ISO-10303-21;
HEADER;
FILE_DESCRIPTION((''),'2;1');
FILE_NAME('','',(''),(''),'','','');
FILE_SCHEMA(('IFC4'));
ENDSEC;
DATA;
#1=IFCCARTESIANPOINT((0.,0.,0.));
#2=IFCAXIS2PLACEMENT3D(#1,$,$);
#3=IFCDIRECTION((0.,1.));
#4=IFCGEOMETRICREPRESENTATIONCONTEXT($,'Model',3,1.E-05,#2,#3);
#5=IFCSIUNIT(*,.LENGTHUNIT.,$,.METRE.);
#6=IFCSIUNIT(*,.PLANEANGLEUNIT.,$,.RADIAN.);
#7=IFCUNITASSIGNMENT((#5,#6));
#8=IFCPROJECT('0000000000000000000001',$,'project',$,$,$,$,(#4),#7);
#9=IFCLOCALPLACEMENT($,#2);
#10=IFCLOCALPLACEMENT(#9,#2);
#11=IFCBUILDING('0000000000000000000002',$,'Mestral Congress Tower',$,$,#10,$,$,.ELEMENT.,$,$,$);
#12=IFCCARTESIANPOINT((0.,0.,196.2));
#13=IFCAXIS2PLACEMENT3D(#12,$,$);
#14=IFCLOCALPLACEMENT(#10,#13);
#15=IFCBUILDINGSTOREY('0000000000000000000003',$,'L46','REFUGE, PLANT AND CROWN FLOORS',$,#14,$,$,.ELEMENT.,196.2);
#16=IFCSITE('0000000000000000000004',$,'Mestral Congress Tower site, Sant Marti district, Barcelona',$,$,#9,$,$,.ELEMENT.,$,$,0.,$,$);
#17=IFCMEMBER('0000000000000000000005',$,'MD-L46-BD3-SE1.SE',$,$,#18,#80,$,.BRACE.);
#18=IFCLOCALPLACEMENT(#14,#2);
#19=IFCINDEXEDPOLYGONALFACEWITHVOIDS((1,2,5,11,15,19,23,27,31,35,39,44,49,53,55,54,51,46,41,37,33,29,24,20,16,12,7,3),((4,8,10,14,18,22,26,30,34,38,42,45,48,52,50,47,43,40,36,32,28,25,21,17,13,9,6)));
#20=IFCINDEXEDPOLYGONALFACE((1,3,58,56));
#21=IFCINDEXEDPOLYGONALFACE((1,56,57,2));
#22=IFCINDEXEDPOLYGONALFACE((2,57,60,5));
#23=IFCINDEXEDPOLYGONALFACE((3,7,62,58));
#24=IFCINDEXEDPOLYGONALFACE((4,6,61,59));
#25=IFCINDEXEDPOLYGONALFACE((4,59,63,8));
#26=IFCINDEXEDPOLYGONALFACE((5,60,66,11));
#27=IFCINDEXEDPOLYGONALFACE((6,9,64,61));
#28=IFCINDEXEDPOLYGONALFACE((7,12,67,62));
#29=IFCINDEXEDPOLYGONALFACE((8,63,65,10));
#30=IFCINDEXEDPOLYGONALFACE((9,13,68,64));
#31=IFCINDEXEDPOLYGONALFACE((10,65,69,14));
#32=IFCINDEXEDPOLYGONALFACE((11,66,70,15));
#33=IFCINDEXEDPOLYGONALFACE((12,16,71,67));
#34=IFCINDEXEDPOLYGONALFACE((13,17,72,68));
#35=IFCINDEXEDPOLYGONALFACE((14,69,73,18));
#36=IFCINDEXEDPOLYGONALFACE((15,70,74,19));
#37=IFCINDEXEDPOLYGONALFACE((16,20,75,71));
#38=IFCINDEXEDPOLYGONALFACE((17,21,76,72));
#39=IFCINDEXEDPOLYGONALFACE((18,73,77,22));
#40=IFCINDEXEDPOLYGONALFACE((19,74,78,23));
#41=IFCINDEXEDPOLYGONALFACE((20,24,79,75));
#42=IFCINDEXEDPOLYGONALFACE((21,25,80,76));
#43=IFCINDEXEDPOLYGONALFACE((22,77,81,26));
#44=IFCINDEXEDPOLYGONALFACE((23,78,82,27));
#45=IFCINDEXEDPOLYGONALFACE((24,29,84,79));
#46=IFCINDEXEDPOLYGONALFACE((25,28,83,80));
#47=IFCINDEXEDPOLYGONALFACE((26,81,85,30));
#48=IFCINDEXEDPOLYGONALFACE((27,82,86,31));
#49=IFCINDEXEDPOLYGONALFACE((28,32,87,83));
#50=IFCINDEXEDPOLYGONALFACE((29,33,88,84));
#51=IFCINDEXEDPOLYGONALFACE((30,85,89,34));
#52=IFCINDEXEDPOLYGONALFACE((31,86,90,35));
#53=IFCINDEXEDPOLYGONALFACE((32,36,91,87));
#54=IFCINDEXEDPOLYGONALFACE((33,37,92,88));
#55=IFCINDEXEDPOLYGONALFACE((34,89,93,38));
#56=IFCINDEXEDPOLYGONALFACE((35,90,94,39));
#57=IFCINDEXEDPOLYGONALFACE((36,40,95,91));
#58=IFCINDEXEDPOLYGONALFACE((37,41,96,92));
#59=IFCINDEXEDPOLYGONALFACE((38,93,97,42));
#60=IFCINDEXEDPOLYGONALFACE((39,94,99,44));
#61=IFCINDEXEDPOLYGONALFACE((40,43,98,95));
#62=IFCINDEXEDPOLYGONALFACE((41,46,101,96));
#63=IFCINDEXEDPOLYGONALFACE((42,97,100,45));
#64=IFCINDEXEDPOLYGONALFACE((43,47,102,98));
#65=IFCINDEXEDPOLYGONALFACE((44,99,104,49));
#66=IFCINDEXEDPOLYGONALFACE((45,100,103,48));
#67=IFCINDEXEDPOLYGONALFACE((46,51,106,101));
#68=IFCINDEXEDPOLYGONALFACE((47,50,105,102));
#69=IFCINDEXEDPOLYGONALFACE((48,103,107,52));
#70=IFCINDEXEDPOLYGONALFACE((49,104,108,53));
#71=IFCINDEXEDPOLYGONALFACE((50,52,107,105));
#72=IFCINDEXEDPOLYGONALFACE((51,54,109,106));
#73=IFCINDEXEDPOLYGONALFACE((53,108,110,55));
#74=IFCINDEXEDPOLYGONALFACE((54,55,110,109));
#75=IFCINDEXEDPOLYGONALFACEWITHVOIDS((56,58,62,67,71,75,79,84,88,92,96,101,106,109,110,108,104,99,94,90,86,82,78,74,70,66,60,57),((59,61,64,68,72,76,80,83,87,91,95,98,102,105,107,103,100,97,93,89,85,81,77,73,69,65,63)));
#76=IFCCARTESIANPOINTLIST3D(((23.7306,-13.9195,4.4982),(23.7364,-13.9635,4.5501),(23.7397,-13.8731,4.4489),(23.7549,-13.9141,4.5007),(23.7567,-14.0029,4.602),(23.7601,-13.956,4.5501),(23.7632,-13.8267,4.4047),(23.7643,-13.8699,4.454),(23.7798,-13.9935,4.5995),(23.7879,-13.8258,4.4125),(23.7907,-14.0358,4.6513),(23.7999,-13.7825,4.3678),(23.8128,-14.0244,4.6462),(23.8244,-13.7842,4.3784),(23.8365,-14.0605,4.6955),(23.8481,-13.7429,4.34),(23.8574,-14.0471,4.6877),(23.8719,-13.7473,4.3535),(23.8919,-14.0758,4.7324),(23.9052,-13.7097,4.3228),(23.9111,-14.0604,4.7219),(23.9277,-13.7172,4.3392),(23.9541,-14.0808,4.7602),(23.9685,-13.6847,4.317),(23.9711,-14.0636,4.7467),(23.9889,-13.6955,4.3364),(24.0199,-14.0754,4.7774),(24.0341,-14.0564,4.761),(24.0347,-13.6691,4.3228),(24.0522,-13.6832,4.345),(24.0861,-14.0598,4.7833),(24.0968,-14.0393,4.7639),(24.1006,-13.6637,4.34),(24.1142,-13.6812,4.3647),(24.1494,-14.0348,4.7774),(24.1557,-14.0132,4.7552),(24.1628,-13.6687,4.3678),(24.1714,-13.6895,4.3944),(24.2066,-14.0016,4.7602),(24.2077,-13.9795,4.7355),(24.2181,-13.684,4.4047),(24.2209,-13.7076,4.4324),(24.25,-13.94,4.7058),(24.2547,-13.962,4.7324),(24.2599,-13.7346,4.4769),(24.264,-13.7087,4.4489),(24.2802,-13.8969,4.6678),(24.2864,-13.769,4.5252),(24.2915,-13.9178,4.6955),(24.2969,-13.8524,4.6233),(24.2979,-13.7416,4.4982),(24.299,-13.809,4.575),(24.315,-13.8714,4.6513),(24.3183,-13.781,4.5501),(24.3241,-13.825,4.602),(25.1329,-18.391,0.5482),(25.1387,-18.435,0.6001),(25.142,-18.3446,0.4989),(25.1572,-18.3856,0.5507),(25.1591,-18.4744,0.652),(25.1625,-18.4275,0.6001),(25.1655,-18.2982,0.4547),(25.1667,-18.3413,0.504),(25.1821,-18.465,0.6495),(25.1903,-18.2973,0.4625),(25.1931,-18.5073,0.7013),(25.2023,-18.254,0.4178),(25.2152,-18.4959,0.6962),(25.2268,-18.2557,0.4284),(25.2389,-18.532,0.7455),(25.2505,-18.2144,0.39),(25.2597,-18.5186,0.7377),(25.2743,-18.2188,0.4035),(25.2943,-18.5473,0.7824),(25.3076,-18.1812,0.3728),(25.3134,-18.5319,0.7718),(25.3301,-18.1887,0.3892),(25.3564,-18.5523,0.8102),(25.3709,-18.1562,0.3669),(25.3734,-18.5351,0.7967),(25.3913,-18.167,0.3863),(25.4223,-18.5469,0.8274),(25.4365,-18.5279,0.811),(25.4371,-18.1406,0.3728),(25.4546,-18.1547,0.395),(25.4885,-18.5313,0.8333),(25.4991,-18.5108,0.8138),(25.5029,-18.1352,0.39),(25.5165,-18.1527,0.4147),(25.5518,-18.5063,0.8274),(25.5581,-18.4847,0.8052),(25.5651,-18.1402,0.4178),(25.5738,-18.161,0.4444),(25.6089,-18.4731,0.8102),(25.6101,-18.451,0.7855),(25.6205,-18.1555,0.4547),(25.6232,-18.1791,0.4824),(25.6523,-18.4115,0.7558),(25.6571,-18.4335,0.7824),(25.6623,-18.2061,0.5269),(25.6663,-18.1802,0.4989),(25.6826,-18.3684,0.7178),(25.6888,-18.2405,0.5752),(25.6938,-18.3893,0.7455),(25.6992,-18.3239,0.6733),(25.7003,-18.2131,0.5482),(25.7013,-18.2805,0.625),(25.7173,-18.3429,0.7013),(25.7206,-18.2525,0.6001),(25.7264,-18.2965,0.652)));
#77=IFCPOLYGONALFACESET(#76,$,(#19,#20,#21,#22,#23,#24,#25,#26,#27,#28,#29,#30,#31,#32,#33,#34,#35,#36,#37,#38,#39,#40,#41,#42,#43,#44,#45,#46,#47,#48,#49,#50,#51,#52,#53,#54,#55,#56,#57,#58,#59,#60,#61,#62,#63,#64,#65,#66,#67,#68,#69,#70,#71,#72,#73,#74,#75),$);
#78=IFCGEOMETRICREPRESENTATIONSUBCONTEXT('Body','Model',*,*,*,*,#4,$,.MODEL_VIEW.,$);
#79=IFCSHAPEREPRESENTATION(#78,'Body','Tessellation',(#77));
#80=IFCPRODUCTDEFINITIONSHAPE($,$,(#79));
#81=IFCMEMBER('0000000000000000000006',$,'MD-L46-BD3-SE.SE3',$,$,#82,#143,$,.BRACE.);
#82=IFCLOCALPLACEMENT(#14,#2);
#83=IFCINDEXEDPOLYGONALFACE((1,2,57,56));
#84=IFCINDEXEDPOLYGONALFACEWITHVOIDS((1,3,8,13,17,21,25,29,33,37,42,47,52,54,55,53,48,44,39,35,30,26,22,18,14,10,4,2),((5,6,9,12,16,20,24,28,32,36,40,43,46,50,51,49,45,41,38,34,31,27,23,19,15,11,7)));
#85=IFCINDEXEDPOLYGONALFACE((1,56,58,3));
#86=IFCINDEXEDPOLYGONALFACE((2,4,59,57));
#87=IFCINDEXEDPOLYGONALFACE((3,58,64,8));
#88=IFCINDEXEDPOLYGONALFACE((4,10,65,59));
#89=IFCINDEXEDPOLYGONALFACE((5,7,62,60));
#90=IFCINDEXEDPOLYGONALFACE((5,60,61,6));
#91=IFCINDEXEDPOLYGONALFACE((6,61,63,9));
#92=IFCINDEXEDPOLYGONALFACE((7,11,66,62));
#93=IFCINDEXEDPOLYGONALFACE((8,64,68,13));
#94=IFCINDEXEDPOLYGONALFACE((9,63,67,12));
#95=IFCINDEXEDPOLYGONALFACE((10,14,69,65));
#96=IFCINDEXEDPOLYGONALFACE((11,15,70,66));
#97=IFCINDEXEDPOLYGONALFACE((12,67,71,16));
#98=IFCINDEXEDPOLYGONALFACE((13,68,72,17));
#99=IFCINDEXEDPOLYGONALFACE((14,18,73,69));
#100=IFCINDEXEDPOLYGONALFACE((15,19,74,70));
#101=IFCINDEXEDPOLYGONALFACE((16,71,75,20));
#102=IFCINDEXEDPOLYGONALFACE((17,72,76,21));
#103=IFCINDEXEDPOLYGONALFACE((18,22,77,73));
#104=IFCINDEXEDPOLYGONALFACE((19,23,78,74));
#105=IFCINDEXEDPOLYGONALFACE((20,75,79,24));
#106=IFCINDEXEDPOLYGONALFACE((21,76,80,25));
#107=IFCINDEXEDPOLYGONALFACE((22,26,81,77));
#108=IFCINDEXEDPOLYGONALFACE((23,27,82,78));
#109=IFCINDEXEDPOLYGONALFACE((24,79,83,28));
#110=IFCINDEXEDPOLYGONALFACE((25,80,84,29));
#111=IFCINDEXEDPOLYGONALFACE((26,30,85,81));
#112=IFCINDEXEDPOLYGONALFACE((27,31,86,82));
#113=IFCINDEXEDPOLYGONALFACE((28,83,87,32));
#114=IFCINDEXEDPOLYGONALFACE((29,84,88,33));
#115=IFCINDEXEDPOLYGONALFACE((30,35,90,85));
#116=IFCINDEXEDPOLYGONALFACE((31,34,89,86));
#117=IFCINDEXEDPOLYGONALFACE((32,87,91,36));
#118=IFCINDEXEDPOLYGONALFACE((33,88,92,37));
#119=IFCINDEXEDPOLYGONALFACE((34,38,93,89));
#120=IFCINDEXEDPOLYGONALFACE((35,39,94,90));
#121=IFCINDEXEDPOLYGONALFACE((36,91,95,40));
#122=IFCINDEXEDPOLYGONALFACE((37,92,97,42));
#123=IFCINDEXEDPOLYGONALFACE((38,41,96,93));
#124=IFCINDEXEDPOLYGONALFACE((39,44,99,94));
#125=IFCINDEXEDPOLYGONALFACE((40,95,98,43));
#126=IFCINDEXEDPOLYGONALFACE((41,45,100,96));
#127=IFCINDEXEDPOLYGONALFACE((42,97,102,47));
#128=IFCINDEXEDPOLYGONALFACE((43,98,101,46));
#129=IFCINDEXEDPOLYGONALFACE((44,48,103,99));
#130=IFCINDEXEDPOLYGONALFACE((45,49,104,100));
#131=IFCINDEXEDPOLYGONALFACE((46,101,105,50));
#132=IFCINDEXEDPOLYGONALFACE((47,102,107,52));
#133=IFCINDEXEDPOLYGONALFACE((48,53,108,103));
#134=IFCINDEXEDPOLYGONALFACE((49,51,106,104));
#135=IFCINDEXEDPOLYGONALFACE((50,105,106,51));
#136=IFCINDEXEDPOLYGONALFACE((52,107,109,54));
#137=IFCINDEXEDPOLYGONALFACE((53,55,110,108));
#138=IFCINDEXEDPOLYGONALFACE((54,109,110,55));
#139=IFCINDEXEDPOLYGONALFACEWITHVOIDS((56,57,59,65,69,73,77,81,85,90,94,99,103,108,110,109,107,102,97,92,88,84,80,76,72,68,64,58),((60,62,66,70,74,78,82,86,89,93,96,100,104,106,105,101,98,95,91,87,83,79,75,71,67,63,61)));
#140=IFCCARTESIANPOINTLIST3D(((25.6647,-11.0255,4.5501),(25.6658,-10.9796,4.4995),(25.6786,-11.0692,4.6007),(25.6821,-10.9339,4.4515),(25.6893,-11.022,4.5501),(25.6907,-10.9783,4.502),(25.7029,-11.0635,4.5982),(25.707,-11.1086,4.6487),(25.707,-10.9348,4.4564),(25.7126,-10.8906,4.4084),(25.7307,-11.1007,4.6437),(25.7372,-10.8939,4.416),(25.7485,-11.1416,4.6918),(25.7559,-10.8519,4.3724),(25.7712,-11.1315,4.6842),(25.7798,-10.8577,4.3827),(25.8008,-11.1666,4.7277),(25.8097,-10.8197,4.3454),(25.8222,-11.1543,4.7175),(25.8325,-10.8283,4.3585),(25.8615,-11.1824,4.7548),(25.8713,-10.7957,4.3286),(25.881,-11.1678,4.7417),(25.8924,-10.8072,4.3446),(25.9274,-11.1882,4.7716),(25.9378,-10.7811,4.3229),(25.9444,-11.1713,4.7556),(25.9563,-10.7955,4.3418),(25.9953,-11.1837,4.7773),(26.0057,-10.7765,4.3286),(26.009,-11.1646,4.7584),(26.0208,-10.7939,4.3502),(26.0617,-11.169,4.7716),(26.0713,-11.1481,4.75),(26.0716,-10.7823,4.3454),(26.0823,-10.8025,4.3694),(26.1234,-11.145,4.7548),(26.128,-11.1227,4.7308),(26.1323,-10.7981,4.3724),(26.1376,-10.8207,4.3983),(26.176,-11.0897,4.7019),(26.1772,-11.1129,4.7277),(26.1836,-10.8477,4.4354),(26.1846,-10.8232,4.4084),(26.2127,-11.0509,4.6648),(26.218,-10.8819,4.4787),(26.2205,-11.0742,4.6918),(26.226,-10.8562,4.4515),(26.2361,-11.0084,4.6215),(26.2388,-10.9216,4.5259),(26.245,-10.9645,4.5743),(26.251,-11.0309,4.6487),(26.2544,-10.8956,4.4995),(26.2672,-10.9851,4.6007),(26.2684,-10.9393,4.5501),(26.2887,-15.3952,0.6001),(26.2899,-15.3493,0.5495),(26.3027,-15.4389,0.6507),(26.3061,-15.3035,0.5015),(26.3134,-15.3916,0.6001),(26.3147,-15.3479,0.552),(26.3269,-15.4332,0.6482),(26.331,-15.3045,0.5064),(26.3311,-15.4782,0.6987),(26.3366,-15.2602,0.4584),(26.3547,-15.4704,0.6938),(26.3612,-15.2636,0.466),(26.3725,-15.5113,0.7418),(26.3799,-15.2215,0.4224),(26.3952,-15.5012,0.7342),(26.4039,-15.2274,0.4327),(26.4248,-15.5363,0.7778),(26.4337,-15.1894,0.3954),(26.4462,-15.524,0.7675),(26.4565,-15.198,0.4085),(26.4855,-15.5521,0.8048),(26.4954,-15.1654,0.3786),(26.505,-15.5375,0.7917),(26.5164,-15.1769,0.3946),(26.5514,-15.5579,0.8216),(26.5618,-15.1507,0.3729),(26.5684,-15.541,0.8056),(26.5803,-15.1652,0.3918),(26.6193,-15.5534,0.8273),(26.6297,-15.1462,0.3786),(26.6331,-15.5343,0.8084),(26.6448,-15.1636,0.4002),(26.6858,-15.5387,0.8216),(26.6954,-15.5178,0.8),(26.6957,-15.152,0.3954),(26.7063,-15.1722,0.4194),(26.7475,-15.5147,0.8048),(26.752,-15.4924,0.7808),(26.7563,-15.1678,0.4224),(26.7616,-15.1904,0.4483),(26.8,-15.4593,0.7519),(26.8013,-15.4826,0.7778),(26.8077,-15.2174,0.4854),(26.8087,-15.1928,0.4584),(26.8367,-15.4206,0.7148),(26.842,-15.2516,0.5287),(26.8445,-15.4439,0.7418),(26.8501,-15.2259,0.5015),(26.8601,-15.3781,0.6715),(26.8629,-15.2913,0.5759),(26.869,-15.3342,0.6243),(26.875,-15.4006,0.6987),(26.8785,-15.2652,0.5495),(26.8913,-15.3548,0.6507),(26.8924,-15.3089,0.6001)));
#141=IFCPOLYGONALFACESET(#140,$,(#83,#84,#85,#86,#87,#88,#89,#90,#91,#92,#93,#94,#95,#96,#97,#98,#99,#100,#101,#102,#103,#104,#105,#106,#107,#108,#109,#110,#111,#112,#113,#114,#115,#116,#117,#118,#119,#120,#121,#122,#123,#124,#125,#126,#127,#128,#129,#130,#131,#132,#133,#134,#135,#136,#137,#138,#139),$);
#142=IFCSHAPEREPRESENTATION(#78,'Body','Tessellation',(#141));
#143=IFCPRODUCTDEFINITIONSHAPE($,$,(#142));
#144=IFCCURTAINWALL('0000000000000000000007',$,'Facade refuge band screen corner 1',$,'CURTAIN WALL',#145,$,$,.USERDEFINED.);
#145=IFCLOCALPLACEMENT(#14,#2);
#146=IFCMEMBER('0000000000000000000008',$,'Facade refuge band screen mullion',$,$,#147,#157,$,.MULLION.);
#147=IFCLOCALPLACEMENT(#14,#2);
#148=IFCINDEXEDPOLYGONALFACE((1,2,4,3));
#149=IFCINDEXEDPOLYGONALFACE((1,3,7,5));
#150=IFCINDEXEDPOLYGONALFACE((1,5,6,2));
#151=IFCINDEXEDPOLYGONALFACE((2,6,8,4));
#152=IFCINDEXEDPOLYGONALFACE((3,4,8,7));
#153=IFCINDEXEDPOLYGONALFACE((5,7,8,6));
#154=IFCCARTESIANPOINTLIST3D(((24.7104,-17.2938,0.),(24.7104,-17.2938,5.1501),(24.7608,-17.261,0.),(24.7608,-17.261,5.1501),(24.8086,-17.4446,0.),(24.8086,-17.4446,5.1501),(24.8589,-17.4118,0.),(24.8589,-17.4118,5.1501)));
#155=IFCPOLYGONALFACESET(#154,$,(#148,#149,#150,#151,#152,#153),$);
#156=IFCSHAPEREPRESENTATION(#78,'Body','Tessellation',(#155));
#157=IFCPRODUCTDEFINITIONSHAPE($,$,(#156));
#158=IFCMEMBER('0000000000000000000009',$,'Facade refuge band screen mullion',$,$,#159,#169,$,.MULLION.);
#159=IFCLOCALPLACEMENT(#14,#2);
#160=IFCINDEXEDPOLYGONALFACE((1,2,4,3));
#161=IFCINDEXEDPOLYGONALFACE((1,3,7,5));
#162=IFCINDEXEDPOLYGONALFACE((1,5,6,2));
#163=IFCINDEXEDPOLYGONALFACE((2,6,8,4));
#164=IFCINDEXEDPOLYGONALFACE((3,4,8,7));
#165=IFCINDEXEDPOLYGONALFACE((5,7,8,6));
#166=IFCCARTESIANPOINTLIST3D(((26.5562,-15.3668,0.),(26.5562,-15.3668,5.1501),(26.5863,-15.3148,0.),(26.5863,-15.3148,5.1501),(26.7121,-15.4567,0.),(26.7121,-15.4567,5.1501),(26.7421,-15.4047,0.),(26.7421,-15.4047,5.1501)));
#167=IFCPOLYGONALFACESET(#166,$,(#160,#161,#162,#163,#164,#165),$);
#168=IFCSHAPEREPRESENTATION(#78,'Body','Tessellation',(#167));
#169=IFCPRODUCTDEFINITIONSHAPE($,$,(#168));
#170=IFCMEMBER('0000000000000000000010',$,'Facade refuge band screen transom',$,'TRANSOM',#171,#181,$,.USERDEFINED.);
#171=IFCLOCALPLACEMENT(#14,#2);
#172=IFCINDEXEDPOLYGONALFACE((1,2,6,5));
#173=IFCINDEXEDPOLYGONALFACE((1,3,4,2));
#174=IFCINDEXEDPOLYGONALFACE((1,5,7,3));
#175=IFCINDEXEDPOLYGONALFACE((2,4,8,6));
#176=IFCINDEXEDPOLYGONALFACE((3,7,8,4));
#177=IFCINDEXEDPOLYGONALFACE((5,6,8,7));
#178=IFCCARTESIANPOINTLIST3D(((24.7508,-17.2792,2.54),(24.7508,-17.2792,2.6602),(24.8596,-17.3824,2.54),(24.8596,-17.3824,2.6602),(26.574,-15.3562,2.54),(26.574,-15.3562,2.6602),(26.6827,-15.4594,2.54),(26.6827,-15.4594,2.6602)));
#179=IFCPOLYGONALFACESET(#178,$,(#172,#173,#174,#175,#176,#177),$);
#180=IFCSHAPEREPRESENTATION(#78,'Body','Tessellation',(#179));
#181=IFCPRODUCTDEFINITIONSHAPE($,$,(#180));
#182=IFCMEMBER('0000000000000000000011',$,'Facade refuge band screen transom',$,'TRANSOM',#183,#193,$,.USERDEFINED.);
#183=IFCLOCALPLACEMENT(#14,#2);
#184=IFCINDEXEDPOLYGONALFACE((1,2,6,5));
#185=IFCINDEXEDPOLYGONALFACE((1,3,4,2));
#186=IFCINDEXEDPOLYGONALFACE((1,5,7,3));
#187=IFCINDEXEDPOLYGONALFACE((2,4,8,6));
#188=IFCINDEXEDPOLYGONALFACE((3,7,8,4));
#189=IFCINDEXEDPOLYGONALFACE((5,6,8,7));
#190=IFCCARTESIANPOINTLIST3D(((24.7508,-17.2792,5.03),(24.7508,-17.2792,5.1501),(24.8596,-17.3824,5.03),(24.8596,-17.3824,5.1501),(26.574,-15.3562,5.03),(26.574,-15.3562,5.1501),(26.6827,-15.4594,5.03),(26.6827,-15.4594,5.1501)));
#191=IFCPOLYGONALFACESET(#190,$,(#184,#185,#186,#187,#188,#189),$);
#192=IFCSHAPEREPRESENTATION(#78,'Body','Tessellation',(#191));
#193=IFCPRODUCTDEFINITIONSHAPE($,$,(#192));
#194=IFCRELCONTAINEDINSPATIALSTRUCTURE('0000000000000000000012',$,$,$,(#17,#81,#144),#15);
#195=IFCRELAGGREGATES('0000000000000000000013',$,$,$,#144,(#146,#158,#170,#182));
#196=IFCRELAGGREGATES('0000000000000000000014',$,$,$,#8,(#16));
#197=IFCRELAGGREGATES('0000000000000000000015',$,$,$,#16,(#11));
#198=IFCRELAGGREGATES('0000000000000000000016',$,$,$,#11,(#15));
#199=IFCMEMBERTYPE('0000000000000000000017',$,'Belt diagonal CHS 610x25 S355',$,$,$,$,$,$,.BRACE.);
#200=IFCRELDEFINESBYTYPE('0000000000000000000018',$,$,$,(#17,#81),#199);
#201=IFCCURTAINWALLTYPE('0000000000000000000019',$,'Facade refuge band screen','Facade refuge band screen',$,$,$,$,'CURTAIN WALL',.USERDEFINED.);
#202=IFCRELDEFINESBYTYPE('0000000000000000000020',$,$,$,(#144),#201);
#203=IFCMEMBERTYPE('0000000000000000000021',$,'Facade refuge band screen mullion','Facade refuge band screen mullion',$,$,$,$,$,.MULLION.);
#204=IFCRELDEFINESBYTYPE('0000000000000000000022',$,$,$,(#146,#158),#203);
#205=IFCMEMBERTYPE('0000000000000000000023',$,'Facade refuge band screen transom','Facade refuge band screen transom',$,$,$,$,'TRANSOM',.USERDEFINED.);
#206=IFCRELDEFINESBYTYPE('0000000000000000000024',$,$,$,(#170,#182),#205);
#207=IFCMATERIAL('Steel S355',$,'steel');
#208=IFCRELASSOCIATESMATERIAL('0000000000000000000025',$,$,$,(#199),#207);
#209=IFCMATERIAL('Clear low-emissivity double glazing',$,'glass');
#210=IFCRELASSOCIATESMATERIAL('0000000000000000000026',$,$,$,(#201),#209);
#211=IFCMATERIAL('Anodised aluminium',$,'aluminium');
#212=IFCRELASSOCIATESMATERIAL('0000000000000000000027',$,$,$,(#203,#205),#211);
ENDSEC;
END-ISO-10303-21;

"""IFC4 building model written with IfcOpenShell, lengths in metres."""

from ifc_helpers import new_model, si_unit, direction, frame, origin, origin_2d, place, context, subcontext, project, spatial, rectangle, hollow_circle, extrude, material, material_profile, profile_set, type_object, element, aggregate, save


model = new_model("IFC4")

# Units and contexts
model_context = context("Model", 3, precision=1e-05, world=origin(), true_north=direction((0.0, 1.0)))
body_context = subcontext(model_context, "Body", "Model", "MODEL_VIEW")
ifc_project = project(units=[si_unit("LENGTHUNIT", "METRE"), si_unit("PLANEANGLEUNIT", "RADIAN")], contexts=[model_context])

# Site, building, storey
site_placement = place(None, origin())
site = spatial("IfcSite", under=ifc_project, at=site_placement, Name="Mestral Congress Tower site, Sant Marti district, Barcelona", CompositionType="ELEMENT", RefElevation=0.0)
building_placement = place(site_placement, origin())
building = spatial("IfcBuilding", under=site, at=building_placement, Name="Mestral Congress Tower", CompositionType="ELEMENT")
storey_placement = place(building_placement, frame((0.0, 0.0, 196.2)))
storey = spatial("IfcBuildingStorey", under=building, at=storey_placement, Name="L46", Description="REFUGE, PLANT AND CROWN FLOORS", CompositionType="ELEMENT", Elevation=196.2)

# Members
ifc_material_1 = material(Name="Steel S355", Category="steel")
ifc_material_profile_1 = material_profile(ifc_material_1, hollow_circle(Radius=0.3049, WallThickness=0.0249, at=origin_2d()), Name="CHS 610x25")
ifc_profile_set_1 = profile_set([ifc_material_profile_1], Name="Steel S355")
member_type_1 = type_object("IfcMemberType", Name="Belt diagonal CHS 610x25 S355", PredefinedType="BRACE", material=ifc_profile_set_1)
member_1_placement = place(storey_placement, frame((25.4297, -18.3438, 0.6001), z_axis=(-0.228811, 0.729575, 0.644488), x_axis=(-0.954174, -0.299251, 0.0)))
element("IfcMember", 1, at=member_1_placement, inside=storey, type_object=member_type_1, Name="MD-L46-BD3-SE1.SE", PredefinedType="BRACE", context=body_context, shape_type="SweptSolid", body=[
    extrude(hollow_circle(Radius=0.3049, WallThickness=0.0249, at=origin_2d()), origin(), (0.0, 0.0, 1.0), 6.1289),
])
member_2_placement = place(storey_placement, frame((26.5906, -15.3521, 0.6001), z_axis=(-0.105351, 0.737705, 0.666853), x_axis=(-0.989956, -0.141375, 0.0)))
element("IfcMember", 2, at=member_2_placement, inside=storey, type_object=member_type_1, Name="MD-L46-BD3-SE.SE3", PredefinedType="BRACE", context=body_context, shape_type="SweptSolid", body=[
    extrude(hollow_circle(Radius=0.3049, WallThickness=0.0249, at=origin_2d()), origin(), (0.0, 0.0, 1.0), 5.9233),
])

# Curtain wall, members
ifc_material_2 = material(Name="Clear low-emissivity double glazing", Category="glass")
curtain_wall_type = type_object("IfcCurtainWallType", Name="Facade refuge band screen", Description="Facade refuge band screen", ElementType="CURTAIN WALL", PredefinedType="USERDEFINED", material=ifc_material_2)
curtain_wall_placement = place(storey_placement, origin())
curtain_wall = element("IfcCurtainWall", 3, at=curtain_wall_placement, inside=storey, type_object=curtain_wall_type, Name="Facade refuge band screen corner 1", ObjectType="CURTAIN WALL", PredefinedType="USERDEFINED")
ifc_material_3 = material(Name="Anodised aluminium", Category="aluminium")
ifc_material_profile_2 = material_profile(ifc_material_3, rectangle(XDim=0.1799, YDim=0.0601, at=origin_2d()), Name="CW3 mullion 180 x 60")
ifc_profile_set_2 = profile_set([ifc_material_profile_2], Name="Anodised aluminium")
member_type_2 = type_object("IfcMemberType", Name="Facade refuge band screen mullion", Description="Facade refuge band screen mullion", PredefinedType="MULLION", material=ifc_profile_set_2)
member_3_placement = place(storey_placement, frame((24.7847, -17.3528, 0.0), z_axis=(0.0, 0.0, 1.0), x_axis=(0.545526, -0.838094, 0.0)))
member_3 = element("IfcMember", 4, at=member_3_placement, type_object=member_type_2, Name="Facade refuge band screen mullion", PredefinedType="MULLION", context=body_context, shape_type="SweptSolid", body=[
    extrude(rectangle(XDim=0.1799, YDim=0.0601, at=origin_2d()), origin(), (0.0, 0.0, 1.0), 5.1501),
])
member_4_placement = place(storey_placement, frame((26.6492, -15.3857, 0.0), z_axis=(0.0, 0.0, 1.0), x_axis=(0.866025, -0.5, 0.0)))
member_4 = element("IfcMember", 5, at=member_4_placement, type_object=member_type_2, Name="Facade refuge band screen mullion", PredefinedType="MULLION", context=body_context, shape_type="SweptSolid", body=[
    extrude(rectangle(XDim=0.1799, YDim=0.0601, at=origin_2d()), origin(), (0.0, 0.0, 1.0), 5.1501),
])
ifc_material_profile_3 = material_profile(ifc_material_3, rectangle(XDim=0.1499, YDim=0.1201, at=origin_2d()), Name="CW3 transom 150 x 120")
ifc_profile_set_3 = profile_set([ifc_material_profile_3], Name="Anodised aluminium")
member_type_3 = type_object("IfcMemberType", Name="Facade refuge band screen transom", Description="Facade refuge band screen transom", ElementType="TRANSOM", PredefinedType="USERDEFINED", material=ifc_profile_set_3)
member_5_placement = place(storey_placement, frame((24.8052, -17.3308, 2.6001), z_axis=(0.688015, 0.725696, 0.0), x_axis=(-0.725696, 0.688015, 0.0)))
member_5 = element("IfcMember", 6, at=member_5_placement, type_object=member_type_3, Name="Facade refuge band screen transom", ObjectType="TRANSOM", PredefinedType="USERDEFINED", context=body_context, shape_type="SweptSolid", body=[
    extrude(rectangle(XDim=0.1499, YDim=0.1201, at=origin_2d()), origin(), (0.0, 0.0, 1.0), 2.6499),
])
member_6_placement = place(storey_placement, frame((24.8052, -17.3308, 5.0901), z_axis=(0.688015, 0.725696, 0.0), x_axis=(-0.725696, 0.688015, 0.0)))
member_6 = element("IfcMember", 7, at=member_6_placement, type_object=member_type_3, Name="Facade refuge band screen transom", ObjectType="TRANSOM", PredefinedType="USERDEFINED", context=body_context, shape_type="SweptSolid", body=[
    extrude(rectangle(XDim=0.1499, YDim=0.1201, at=origin_2d()), origin(), (0.0, 0.0, 1.0), 2.6499),
])

aggregate(curtain_wall, [member_3, member_4, member_5, member_6])

save(model, "model.ifc")
